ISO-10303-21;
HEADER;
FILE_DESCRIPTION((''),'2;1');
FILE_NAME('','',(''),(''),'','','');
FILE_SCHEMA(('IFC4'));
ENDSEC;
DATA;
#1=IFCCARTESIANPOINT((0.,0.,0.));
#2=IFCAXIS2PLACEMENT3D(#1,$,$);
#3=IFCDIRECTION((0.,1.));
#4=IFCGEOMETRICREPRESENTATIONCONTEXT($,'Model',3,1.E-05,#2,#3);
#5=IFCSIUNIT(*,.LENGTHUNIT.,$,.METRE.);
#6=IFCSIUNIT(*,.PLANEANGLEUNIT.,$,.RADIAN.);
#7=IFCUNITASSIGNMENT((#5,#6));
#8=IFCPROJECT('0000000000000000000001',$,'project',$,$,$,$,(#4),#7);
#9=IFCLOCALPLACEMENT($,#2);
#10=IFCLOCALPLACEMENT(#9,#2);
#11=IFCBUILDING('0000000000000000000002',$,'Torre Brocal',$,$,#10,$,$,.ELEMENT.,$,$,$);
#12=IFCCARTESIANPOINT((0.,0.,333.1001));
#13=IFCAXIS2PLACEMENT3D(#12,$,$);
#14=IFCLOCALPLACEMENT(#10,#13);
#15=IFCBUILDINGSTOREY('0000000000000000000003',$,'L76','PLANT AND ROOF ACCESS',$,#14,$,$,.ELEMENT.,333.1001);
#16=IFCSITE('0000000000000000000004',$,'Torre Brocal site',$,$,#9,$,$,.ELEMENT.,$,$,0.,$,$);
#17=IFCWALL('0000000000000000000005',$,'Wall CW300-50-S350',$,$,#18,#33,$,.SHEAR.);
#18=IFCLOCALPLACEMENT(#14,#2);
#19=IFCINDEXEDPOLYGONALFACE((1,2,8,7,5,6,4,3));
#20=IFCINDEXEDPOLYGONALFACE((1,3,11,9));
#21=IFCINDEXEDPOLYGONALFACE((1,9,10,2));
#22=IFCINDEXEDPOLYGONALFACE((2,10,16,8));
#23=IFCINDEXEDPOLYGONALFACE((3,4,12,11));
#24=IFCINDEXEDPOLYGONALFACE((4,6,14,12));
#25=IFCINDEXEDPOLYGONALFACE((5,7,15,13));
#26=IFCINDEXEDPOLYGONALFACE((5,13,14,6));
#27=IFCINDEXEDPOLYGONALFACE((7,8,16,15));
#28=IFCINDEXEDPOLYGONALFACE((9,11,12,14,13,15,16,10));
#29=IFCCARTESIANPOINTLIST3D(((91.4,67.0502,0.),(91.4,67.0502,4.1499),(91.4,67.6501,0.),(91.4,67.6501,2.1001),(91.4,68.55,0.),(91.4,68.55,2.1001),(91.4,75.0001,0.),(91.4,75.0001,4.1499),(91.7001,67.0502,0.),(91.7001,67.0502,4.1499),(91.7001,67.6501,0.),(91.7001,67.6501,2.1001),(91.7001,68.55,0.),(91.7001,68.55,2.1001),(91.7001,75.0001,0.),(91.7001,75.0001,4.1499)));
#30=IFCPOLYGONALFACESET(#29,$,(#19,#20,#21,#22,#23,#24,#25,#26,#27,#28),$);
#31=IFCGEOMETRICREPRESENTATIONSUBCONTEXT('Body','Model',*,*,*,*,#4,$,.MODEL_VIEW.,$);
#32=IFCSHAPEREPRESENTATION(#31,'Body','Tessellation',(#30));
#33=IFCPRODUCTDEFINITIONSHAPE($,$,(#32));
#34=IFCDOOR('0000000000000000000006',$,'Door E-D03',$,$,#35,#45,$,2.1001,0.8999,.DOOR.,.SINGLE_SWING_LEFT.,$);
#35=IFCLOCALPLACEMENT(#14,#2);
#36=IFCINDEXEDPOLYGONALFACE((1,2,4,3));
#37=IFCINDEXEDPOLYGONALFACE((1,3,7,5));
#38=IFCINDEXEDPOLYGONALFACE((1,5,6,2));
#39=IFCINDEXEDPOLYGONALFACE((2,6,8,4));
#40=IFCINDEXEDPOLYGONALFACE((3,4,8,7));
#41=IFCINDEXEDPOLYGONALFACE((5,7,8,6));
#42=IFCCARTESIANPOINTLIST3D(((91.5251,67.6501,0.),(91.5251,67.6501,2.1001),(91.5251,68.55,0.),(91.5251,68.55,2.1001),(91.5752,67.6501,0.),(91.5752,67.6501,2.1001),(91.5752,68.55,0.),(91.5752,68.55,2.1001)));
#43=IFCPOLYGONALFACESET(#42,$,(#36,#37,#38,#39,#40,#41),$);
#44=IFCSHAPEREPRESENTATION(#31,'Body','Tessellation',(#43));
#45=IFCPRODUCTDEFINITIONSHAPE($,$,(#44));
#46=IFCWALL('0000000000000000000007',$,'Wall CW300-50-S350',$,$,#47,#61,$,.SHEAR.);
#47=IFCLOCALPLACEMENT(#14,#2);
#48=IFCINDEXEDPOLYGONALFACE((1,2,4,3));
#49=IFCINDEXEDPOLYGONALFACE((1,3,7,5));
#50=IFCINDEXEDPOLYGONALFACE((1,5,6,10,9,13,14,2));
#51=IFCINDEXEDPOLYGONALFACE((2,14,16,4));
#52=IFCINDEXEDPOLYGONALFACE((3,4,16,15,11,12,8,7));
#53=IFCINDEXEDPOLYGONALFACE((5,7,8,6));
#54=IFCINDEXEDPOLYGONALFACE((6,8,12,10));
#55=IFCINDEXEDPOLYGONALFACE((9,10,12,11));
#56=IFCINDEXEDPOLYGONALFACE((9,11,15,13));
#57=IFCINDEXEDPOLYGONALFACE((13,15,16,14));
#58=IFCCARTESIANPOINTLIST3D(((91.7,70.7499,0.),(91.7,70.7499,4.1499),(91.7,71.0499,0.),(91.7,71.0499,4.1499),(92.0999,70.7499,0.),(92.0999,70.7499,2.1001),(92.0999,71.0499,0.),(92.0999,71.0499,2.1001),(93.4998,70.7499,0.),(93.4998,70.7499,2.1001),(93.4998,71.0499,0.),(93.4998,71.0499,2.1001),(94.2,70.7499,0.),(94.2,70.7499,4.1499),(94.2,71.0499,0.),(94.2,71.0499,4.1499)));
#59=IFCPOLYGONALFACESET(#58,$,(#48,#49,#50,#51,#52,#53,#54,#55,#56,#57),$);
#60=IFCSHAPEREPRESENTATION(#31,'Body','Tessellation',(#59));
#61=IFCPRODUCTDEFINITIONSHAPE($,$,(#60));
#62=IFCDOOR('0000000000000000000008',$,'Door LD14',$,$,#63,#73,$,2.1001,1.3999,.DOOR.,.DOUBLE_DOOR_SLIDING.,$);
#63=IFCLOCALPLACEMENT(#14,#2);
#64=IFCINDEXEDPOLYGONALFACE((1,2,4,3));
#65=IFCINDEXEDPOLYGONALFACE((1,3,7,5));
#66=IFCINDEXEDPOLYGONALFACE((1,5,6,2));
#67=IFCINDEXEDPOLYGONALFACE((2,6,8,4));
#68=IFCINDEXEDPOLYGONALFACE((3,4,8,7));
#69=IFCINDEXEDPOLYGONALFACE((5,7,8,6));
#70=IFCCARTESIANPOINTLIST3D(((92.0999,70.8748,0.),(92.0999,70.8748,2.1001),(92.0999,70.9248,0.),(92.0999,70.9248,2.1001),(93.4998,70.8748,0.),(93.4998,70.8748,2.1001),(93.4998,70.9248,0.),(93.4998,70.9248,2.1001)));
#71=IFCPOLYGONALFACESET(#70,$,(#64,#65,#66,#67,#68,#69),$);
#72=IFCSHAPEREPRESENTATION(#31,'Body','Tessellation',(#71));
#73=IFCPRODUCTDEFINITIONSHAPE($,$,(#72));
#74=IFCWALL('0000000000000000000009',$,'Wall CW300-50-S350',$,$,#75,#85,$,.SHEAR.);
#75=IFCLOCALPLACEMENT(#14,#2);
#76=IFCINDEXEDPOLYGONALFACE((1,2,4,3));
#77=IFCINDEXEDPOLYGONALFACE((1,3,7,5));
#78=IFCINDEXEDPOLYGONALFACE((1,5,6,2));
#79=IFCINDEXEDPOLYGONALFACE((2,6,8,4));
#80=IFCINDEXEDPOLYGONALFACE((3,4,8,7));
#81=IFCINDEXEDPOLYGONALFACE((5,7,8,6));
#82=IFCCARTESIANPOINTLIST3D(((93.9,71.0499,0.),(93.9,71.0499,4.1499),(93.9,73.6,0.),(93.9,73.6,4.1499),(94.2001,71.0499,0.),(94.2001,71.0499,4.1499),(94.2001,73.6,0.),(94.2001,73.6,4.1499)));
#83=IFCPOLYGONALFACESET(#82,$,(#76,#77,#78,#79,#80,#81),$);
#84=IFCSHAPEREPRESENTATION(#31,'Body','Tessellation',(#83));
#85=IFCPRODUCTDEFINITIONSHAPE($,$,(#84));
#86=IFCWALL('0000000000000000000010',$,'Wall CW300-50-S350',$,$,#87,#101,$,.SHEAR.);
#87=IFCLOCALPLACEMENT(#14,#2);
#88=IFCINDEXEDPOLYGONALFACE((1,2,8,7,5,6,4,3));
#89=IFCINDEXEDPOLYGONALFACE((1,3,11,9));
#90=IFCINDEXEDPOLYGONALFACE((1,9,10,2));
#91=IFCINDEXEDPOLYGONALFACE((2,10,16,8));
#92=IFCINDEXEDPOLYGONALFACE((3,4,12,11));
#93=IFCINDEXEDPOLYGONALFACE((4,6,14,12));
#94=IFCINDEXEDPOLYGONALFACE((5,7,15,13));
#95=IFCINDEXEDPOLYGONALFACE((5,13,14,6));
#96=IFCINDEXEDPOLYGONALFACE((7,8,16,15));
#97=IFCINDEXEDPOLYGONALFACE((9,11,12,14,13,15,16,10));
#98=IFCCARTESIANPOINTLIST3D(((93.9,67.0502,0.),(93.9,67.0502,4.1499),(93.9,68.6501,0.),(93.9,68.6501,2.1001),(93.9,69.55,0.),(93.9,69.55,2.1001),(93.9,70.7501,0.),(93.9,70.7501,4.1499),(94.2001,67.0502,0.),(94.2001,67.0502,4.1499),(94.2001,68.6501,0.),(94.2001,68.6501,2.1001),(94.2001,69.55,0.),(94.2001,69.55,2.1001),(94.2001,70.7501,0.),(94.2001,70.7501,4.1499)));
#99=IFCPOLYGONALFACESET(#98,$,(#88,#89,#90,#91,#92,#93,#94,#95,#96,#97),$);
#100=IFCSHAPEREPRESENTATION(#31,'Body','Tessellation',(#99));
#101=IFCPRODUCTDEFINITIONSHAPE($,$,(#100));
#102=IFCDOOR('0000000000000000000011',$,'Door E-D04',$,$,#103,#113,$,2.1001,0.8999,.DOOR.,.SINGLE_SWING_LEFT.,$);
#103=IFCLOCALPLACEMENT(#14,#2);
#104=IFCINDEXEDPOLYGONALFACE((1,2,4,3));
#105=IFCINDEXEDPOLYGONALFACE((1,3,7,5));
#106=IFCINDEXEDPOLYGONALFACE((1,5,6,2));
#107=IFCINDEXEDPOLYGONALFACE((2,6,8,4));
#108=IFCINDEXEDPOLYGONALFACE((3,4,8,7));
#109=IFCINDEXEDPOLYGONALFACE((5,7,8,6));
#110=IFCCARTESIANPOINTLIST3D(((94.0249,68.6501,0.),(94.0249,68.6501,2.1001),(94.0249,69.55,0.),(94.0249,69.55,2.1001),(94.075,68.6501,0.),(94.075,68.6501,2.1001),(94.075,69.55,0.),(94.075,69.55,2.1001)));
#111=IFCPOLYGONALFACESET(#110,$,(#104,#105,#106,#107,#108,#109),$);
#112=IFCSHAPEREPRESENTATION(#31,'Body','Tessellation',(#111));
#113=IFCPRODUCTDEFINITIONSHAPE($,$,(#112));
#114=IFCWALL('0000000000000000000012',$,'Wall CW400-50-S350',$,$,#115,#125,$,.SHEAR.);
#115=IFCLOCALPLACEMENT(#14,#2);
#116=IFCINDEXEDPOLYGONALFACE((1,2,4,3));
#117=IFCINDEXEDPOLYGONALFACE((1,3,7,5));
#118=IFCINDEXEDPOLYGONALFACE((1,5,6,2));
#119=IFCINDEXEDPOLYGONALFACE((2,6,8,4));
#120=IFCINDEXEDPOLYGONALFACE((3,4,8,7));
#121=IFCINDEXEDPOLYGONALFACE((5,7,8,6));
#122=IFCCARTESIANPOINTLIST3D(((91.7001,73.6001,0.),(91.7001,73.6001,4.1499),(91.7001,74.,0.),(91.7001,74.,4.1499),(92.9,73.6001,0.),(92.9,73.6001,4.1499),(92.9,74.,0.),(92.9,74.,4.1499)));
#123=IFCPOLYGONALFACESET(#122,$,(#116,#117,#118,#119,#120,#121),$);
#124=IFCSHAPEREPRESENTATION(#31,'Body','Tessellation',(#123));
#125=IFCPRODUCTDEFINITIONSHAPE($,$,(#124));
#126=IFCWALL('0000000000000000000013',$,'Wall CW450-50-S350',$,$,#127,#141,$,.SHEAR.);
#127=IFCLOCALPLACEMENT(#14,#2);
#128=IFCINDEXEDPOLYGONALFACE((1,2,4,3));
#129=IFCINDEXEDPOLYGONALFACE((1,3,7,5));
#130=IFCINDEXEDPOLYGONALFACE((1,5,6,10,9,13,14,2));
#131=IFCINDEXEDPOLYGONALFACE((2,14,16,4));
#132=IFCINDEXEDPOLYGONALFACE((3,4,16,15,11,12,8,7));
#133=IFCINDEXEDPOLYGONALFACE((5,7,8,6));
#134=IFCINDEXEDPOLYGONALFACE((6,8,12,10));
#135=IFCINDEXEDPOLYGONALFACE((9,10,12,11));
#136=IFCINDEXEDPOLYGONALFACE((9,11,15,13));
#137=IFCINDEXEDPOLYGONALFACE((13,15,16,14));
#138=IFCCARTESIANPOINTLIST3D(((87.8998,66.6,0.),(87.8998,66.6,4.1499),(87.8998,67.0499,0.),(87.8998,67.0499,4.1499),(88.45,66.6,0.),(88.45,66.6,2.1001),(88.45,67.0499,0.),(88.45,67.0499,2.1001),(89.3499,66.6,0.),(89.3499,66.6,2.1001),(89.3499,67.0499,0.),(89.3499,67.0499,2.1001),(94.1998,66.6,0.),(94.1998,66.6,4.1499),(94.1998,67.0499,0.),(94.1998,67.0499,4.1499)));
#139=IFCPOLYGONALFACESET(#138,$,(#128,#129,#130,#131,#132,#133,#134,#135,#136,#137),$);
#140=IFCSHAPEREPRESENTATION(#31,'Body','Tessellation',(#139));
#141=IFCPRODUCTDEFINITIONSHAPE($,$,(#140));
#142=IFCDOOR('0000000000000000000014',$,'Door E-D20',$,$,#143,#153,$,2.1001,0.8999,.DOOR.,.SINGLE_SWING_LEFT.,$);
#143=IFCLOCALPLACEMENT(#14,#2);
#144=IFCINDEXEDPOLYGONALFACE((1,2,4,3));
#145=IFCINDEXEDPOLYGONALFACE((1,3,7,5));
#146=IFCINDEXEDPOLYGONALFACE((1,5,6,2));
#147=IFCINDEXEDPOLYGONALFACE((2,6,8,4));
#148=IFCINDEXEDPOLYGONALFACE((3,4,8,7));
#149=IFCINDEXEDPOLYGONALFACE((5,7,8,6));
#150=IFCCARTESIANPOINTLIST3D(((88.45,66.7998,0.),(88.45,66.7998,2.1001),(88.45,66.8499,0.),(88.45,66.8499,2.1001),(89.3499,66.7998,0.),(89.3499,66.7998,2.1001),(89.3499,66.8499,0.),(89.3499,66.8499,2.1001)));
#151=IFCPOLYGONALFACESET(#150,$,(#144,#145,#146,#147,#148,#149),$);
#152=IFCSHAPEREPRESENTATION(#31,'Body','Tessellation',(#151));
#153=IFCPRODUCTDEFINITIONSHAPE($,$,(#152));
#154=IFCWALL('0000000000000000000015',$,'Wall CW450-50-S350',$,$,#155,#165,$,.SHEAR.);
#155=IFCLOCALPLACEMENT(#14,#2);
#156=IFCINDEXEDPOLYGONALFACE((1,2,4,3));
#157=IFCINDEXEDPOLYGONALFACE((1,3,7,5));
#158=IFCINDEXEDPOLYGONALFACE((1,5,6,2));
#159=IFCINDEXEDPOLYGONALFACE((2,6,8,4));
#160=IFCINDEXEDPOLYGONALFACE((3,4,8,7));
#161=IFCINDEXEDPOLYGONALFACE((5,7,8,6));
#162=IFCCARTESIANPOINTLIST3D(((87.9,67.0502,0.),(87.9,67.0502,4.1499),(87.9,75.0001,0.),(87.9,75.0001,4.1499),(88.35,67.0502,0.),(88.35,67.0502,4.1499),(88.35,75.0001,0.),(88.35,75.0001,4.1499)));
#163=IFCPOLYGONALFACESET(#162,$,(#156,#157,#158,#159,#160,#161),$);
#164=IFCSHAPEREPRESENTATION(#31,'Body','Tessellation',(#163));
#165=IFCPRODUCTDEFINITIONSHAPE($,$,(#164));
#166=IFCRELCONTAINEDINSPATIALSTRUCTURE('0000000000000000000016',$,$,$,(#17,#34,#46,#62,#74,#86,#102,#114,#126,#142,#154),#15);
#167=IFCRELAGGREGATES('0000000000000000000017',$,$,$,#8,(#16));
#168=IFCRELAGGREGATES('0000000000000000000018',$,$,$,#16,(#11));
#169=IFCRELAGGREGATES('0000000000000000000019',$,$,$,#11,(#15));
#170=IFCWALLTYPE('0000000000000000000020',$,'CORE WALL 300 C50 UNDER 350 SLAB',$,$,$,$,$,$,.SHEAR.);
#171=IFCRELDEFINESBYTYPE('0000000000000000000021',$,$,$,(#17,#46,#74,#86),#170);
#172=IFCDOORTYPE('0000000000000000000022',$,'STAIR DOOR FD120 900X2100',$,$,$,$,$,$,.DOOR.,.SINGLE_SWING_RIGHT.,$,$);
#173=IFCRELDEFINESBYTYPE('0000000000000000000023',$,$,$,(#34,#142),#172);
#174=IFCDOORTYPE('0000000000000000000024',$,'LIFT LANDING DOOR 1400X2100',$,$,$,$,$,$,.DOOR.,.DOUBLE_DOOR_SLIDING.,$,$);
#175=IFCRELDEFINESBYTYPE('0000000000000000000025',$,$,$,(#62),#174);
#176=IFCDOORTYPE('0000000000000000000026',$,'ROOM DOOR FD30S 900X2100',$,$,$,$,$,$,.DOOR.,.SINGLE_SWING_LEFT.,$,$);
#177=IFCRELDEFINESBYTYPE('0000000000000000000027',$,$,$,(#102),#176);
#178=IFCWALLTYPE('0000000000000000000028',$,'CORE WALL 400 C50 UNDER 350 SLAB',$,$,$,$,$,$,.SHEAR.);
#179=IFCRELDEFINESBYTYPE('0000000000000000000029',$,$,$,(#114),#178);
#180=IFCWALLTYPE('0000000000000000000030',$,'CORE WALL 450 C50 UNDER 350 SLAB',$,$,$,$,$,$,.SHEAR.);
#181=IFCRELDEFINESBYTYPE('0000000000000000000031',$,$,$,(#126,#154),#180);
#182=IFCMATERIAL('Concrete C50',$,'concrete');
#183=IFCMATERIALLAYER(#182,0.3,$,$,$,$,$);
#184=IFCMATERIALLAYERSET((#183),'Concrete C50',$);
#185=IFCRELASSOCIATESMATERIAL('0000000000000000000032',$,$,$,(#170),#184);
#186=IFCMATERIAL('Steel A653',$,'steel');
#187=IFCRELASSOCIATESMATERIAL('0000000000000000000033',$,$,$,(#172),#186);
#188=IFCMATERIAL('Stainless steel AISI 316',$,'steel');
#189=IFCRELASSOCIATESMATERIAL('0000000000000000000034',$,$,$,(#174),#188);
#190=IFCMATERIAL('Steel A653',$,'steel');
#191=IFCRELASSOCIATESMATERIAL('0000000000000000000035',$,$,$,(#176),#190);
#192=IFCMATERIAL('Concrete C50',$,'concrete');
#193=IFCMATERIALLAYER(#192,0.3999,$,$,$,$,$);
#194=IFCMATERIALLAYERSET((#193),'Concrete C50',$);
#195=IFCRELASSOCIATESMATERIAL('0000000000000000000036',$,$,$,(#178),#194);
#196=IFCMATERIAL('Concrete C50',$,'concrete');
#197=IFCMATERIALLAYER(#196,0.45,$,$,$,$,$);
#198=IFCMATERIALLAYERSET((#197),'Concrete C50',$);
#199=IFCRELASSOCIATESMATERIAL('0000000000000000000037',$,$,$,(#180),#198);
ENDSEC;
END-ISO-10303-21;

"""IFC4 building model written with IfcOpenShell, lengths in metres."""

from ifc_helpers import new_model, si_unit, direction, frame, frame_2d, origin, place, context, subcontext, project, spatial, rectangle, extrude, material, layer, layer_set, type_object, element, fill, save


model = new_model("IFC4")

# Units and contexts
model_context = context("Model", 3, precision=1e-05, world=origin(), true_north=direction((0.0, 1.0)))
body_context = subcontext(model_context, "Body", "Model", "MODEL_VIEW")
ifc_project = project(units=[si_unit("LENGTHUNIT", "METRE"), si_unit("PLANEANGLEUNIT", "RADIAN")], contexts=[model_context])

# Site, building, storey
site_placement = place(None, origin())
site = spatial("IfcSite", under=ifc_project, at=site_placement, Name="Torre Brocal site", CompositionType="ELEMENT", RefElevation=0.0)
building_placement = place(site_placement, origin())
building = spatial("IfcBuilding", under=site, at=building_placement, Name="Torre Brocal", CompositionType="ELEMENT")
storey_placement = place(building_placement, frame((0.0, 0.0, 333.1001)))
storey = spatial("IfcBuildingStorey", under=building, at=storey_placement, Name="L76", Description="PLANT AND ROOF ACCESS", CompositionType="ELEMENT", Elevation=333.1001)

# Walls, openings, doors
ifc_material_1 = material(Name="Concrete C50", Category="concrete")
ifc_layer_1 = layer(ifc_material_1, 0.3)
ifc_layer_set_1 = layer_set([ifc_layer_1], Name="Concrete C50")
wall_type_1 = type_object("IfcWallType", Name="CORE WALL 300 C50 UNDER 350 SLAB", PredefinedType="SHEAR", material=ifc_layer_set_1)
wall_1_placement = place(storey_placement, frame((91.55, 67.05, 0.0), z_axis=(0.0, 0.0, 1.0), x_axis=(0.0, 1.0, 0.0)))
wall_1 = element("IfcWall", 1, at=wall_1_placement, inside=storey, type_object=wall_type_1, Name="Wall CW300-50-S350", PredefinedType="SHEAR", context=body_context, shape_type="SweptSolid", body=[
    extrude(rectangle(XDim=7.95, YDim=0.3, at=frame_2d((3.9751, 0.0))), origin(), (0.0, 0.0, 1.0), 4.1499),
])
opening_1_placement = place(wall_1_placement, frame((0.6001, 0.0, 0.0)))
opening_1 = element("IfcOpeningElement", 2, at=opening_1_placement, cuts=wall_1, PredefinedType="OPENING", context=body_context, shape_type="SweptSolid", body=[
    extrude(rectangle(XDim=0.8999, YDim=2.1001, at=frame_2d((0.45, 1.05))), frame((0.0, 0.1599, 0.0), z_axis=(0.0, -1.0, 0.0), x_axis=(1.0, 0.0, 0.0)), (0.0, 0.0, 1.0), 0.3201),
])
ifc_material_2 = material(Name="Steel A653", Category="steel")
door_type_1 = type_object("IfcDoorType", Name="STAIR DOOR FD120 900X2100", OperationType="SINGLE_SWING_RIGHT", PredefinedType="DOOR", material=ifc_material_2)
door_1_placement = place(opening_1_placement, origin())
door_1 = element("IfcDoor", 3, at=door_1_placement, inside=storey, type_object=door_type_1, Name="Door E-D03", OperationType="SINGLE_SWING_LEFT", OverallHeight=2.1001, OverallWidth=0.8999, PredefinedType="DOOR", context=body_context, shape_type="SweptSolid", body=[
    extrude(rectangle(XDim=0.8999, YDim=2.1001, at=frame_2d((0.45, 1.05))), frame((0.0, 0.0249, 0.0), z_axis=(0.0, -1.0, 0.0), x_axis=(1.0, 0.0, 0.0)), (0.0, 0.0, 1.0), 0.05),
])
fill(opening_1, door_1)
wall_2_placement = place(storey_placement, frame((91.7, 70.8999, 0.0), z_axis=(0.0, 0.0, 1.0), x_axis=(1.0, 0.0, 0.0)))
wall_2 = element("IfcWall", 4, at=wall_2_placement, inside=storey, type_object=wall_type_1, Name="Wall CW300-50-S350", PredefinedType="SHEAR", context=body_context, shape_type="SweptSolid", body=[
    extrude(rectangle(XDim=2.5, YDim=0.3, at=frame_2d((1.25, 0.0))), origin(), (0.0, 0.0, 1.0), 4.1499),
])
opening_2_placement = place(wall_2_placement, frame((0.3999, 0.0, 0.0)))
opening_2 = element("IfcOpeningElement", 5, at=opening_2_placement, cuts=wall_2, PredefinedType="OPENING", context=body_context, shape_type="SweptSolid", body=[
    extrude(rectangle(XDim=1.3999, YDim=2.1001, at=frame_2d((0.7, 1.05))), frame((0.0, 0.1599, 0.0), z_axis=(0.0, -1.0, 0.0), x_axis=(1.0, 0.0, 0.0)), (0.0, 0.0, 1.0), 0.3201),
])
ifc_material_3 = material(Name="Stainless steel AISI 316", Category="steel")
door_type_2 = type_object("IfcDoorType", Name="LIFT LANDING DOOR 1400X2100", OperationType="DOUBLE_DOOR_SLIDING", PredefinedType="DOOR", material=ifc_material_3)
door_2_placement = place(opening_2_placement, origin())
door_2 = element("IfcDoor", 6, at=door_2_placement, inside=storey, type_object=door_type_2, Name="Door LD14", OperationType="DOUBLE_DOOR_SLIDING", OverallHeight=2.1001, OverallWidth=1.3999, PredefinedType="DOOR", context=body_context, shape_type="SweptSolid", body=[
    extrude(rectangle(XDim=1.3999, YDim=2.1001, at=frame_2d((0.7, 1.05))), frame((0.0, 0.0249, 0.0), z_axis=(0.0, -1.0, 0.0), x_axis=(1.0, 0.0, 0.0)), (0.0, 0.0, 1.0), 0.05),
])
fill(opening_2, door_2)

# Wall
wall_3_placement = place(storey_placement, frame((94.05, 71.05, 0.0), z_axis=(0.0, 0.0, 1.0), x_axis=(0.0, 1.0, 0.0)))
element("IfcWall", 7, at=wall_3_placement, inside=storey, type_object=wall_type_1, Name="Wall CW300-50-S350", PredefinedType="SHEAR", context=body_context, shape_type="SweptSolid", body=[
    extrude(rectangle(XDim=2.55, YDim=0.3, at=frame_2d((1.2749, 0.0))), origin(), (0.0, 0.0, 1.0), 4.1499),
])

# Wall, opening, door
wall_4_placement = place(storey_placement, frame((94.05, 67.05, 0.0), z_axis=(0.0, 0.0, 1.0), x_axis=(0.0, 1.0, 0.0)))
wall_4 = element("IfcWall", 8, at=wall_4_placement, inside=storey, type_object=wall_type_1, Name="Wall CW300-50-S350", PredefinedType="SHEAR", context=body_context, shape_type="SweptSolid", body=[
    extrude(rectangle(XDim=3.7, YDim=0.3, at=frame_2d((1.8501, 0.0))), origin(), (0.0, 0.0, 1.0), 4.1499),
])
opening_3_placement = place(wall_4_placement, frame((1.6001, 0.0, 0.0)))
opening_3 = element("IfcOpeningElement", 9, at=opening_3_placement, cuts=wall_4, PredefinedType="OPENING", context=body_context, shape_type="SweptSolid", body=[
    extrude(rectangle(XDim=0.8999, YDim=2.1001, at=frame_2d((0.45, 1.05))), frame((0.0, 0.1599, 0.0), z_axis=(0.0, -1.0, 0.0), x_axis=(1.0, 0.0, 0.0)), (0.0, 0.0, 1.0), 0.3201),
])
ifc_material_4 = material(Name="Steel A653", Category="steel")
door_type_3 = type_object("IfcDoorType", Name="ROOM DOOR FD30S 900X2100", OperationType="SINGLE_SWING_LEFT", PredefinedType="DOOR", material=ifc_material_4)
door_3_placement = place(opening_3_placement, frame((0.8999, 0.0, 0.0), z_axis=(0.0, 0.0, 1.0), x_axis=(-1.0, 0.0, 0.0)))
door_3 = element("IfcDoor", 10, at=door_3_placement, inside=storey, type_object=door_type_3, Name="Door E-D04", OperationType="SINGLE_SWING_LEFT", OverallHeight=2.1001, OverallWidth=0.8999, PredefinedType="DOOR", context=body_context, shape_type="SweptSolid", body=[
    extrude(rectangle(XDim=0.8999, YDim=2.1001, at=frame_2d((0.45, 1.05))), frame((0.0, 0.0249, 0.0), z_axis=(0.0, -1.0, 0.0), x_axis=(1.0, 0.0, 0.0)), (0.0, 0.0, 1.0), 0.05),
])
fill(opening_3, door_3)

# Wall
ifc_material_5 = material(Name="Concrete C50", Category="concrete")
ifc_layer_2 = layer(ifc_material_5, 0.3999)
ifc_layer_set_2 = layer_set([ifc_layer_2], Name="Concrete C50")
wall_type_2 = type_object("IfcWallType", Name="CORE WALL 400 C50 UNDER 350 SLAB", PredefinedType="SHEAR", material=ifc_layer_set_2)
wall_5_placement = place(storey_placement, frame((91.7, 73.8, 0.0), z_axis=(0.0, 0.0, 1.0), x_axis=(1.0, 0.0, 0.0)))
element("IfcWall", 11, at=wall_5_placement, inside=storey, type_object=wall_type_2, Name="Wall CW400-50-S350", PredefinedType="SHEAR", context=body_context, shape_type="SweptSolid", body=[
    extrude(rectangle(XDim=1.2, YDim=0.3999, at=frame_2d((0.6001, 0.0))), origin(), (0.0, 0.0, 1.0), 4.1499),
])

# Wall, opening, door
ifc_material_6 = material(Name="Concrete C50", Category="concrete")
ifc_layer_3 = layer(ifc_material_6, 0.45)
ifc_layer_set_3 = layer_set([ifc_layer_3], Name="Concrete C50")
wall_type_3 = type_object("IfcWallType", Name="CORE WALL 450 C50 UNDER 350 SLAB", PredefinedType="SHEAR", material=ifc_layer_set_3)
wall_6_placement = place(storey_placement, frame((87.8999, 66.825, 0.0), z_axis=(0.0, 0.0, 1.0), x_axis=(1.0, 0.0, 0.0)))
wall_6 = element("IfcWall", 12, at=wall_6_placement, inside=storey, type_object=wall_type_3, Name="Wall CW450-50-S350", PredefinedType="SHEAR", context=body_context, shape_type="SweptSolid", body=[
    extrude(rectangle(XDim=6.3, YDim=0.45, at=frame_2d((3.1499, 0.0))), origin(), (0.0, 0.0, 1.0), 4.1499),
])
opening_4_placement = place(wall_6_placement, frame((0.55, 0.0, 0.0)))
opening_4 = element("IfcOpeningElement", 13, at=opening_4_placement, cuts=wall_6, PredefinedType="OPENING", context=body_context, shape_type="SweptSolid", body=[
    extrude(rectangle(XDim=0.8999, YDim=2.1001, at=frame_2d((0.45, 1.05))), frame((0.0, 0.2349, 0.0), z_axis=(0.0, -1.0, 0.0), x_axis=(1.0, 0.0, 0.0)), (0.0, 0.0, 1.0), 0.47),
])
door_4_placement = place(opening_4_placement, origin())
door_4 = element("IfcDoor", 14, at=door_4_placement, inside=storey, type_object=door_type_1, Name="Door E-D20", OperationType="SINGLE_SWING_LEFT", OverallHeight=2.1001, OverallWidth=0.8999, PredefinedType="DOOR", context=body_context, shape_type="SweptSolid", body=[
    extrude(rectangle(XDim=0.8999, YDim=2.1001, at=frame_2d((0.45, 1.05))), frame((0.0, 0.0249, 0.0), z_axis=(0.0, -1.0, 0.0), x_axis=(1.0, 0.0, 0.0)), (0.0, 0.0, 1.0), 0.05),
])
fill(opening_4, door_4)

# Wall
wall_7_placement = place(storey_placement, frame((88.125, 67.05, 0.0), z_axis=(0.0, 0.0, 1.0), x_axis=(0.0, 1.0, 0.0)))
element("IfcWall", 15, at=wall_7_placement, inside=storey, type_object=wall_type_3, Name="Wall CW450-50-S350", PredefinedType="SHEAR", context=body_context, shape_type="SweptSolid", body=[
    extrude(rectangle(XDim=7.95, YDim=0.45, at=frame_2d((3.9751, 0.0))), origin(), (0.0, 0.0, 1.0), 4.1499),
])

save(model, "model.ifc")
